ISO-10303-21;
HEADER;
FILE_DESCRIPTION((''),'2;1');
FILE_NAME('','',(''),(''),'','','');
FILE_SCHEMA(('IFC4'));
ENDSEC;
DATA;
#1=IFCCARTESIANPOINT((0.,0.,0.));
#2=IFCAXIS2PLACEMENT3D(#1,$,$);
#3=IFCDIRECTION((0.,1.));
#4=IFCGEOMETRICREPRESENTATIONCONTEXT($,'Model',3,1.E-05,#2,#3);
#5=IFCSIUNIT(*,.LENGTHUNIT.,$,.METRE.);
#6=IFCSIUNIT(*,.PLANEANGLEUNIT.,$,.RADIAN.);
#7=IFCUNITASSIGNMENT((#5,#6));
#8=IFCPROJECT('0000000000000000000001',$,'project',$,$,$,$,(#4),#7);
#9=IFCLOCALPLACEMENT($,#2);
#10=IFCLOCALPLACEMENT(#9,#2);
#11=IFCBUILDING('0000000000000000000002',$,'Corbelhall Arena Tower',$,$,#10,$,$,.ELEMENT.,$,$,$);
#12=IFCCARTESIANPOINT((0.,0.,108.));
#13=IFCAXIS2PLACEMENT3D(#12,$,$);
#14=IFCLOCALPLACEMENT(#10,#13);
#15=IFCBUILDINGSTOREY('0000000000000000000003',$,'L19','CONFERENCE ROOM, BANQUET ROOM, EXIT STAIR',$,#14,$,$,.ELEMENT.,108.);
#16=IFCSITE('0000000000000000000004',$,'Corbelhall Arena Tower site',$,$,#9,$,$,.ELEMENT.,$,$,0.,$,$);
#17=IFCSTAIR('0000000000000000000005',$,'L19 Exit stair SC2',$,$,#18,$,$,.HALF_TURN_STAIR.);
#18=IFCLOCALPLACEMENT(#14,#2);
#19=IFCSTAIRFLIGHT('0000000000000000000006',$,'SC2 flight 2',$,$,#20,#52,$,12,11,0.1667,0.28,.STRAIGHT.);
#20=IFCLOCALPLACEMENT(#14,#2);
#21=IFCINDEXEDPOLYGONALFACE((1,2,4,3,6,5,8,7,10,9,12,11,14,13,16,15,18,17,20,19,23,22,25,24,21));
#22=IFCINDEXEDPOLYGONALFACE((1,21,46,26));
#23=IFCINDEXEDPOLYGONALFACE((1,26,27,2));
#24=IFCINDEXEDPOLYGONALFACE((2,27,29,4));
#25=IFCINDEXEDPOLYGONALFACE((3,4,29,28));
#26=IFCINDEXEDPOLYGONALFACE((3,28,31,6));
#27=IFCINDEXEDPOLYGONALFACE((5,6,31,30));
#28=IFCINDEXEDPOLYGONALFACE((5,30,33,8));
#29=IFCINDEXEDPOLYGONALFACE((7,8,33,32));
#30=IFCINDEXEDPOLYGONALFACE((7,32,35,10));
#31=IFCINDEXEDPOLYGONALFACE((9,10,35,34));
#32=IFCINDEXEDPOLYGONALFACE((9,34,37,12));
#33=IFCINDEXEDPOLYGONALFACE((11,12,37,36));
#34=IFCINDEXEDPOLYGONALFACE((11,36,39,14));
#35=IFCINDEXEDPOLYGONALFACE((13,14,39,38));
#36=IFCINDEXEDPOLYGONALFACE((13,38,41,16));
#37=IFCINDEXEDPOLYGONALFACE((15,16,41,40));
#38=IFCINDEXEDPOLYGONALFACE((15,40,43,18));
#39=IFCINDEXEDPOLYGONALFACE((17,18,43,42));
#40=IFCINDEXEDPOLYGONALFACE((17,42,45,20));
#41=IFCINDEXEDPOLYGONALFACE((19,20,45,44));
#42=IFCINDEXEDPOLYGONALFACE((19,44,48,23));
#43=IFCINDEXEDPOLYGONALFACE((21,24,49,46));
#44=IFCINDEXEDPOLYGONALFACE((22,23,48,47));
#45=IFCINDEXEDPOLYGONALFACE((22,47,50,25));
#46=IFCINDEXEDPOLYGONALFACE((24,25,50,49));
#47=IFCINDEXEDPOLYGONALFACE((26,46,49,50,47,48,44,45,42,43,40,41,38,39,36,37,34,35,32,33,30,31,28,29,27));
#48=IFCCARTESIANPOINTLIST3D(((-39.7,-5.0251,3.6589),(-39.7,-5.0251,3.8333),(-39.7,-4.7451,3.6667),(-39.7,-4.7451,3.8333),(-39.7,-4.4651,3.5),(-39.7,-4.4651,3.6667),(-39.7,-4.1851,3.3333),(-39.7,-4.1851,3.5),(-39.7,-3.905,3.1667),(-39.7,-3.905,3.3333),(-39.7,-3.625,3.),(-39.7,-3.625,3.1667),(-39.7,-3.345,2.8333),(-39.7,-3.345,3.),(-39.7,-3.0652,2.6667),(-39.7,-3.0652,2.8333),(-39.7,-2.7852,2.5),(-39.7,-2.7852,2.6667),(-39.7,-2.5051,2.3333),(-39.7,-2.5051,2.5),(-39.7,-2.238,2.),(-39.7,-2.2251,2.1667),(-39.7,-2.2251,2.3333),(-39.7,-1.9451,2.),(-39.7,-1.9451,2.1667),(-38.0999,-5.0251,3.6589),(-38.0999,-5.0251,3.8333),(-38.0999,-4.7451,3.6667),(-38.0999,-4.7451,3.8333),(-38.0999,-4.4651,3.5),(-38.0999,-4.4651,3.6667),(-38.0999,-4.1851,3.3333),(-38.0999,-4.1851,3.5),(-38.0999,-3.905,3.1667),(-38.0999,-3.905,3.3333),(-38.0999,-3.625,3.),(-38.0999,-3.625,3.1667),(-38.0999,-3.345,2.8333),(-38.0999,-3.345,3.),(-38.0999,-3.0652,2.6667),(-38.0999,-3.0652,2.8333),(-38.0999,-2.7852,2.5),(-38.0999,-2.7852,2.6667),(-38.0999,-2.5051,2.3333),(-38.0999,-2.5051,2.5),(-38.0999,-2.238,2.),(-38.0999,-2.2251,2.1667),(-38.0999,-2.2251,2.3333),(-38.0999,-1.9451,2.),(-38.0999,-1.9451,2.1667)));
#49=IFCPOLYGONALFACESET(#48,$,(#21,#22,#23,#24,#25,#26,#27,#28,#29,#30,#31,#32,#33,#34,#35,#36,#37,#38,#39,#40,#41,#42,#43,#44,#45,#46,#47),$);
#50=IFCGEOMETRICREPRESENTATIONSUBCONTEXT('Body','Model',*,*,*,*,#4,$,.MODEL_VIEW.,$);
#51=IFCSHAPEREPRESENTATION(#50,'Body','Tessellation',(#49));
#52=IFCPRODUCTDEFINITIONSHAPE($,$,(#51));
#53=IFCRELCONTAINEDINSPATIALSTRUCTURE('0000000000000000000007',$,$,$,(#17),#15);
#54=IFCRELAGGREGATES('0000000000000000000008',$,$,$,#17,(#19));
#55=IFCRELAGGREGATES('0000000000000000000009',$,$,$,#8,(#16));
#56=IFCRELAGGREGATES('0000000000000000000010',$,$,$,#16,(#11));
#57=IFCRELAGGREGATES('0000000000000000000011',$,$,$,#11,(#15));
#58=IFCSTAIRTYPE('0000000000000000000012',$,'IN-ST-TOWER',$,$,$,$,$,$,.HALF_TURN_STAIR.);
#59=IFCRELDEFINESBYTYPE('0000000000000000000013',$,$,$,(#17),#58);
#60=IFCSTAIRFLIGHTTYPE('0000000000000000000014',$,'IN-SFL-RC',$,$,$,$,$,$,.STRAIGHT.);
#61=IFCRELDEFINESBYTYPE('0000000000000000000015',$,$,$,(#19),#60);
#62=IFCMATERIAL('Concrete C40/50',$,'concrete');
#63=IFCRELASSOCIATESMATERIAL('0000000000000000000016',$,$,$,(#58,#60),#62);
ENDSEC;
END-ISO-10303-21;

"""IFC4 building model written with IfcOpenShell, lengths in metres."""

from ifc_helpers import new_model, si_unit, direction, frame, origin, place, context, subcontext, project, spatial, polyline, outline, extrude, material, type_object, element, aggregate, save


model = new_model("IFC4")

# Units and contexts
model_context = context("Model", 3, precision=1e-05, world=origin(), true_north=direction((0.0, 1.0)))
body_context = subcontext(model_context, "Body", "Model", "MODEL_VIEW")
ifc_project = project(units=[si_unit("LENGTHUNIT", "METRE"), si_unit("PLANEANGLEUNIT", "RADIAN")], contexts=[model_context])

# Site, building, storey
site_placement = place(None, origin())
site = spatial("IfcSite", under=ifc_project, at=site_placement, Name="Corbelhall Arena Tower site", CompositionType="ELEMENT", RefElevation=0.0)
building_placement = place(site_placement, origin())
building = spatial("IfcBuilding", under=site, at=building_placement, Name="Corbelhall Arena Tower", CompositionType="ELEMENT")
storey_placement = place(building_placement, frame((0.0, 0.0, 108.0)))
storey = spatial("IfcBuildingStorey", under=building, at=storey_placement, Name="L19", Description="CONFERENCE ROOM, BANQUET ROOM, EXIT STAIR", CompositionType="ELEMENT", Elevation=108.0)

# Shared definitions
ifc_material_1 = material(Name="Concrete C40/50", Category="concrete")

# Stair, stair flight
stair_type = type_object("IfcStairType", Name="IN-ST-TOWER", PredefinedType="HALF_TURN_STAIR", material=ifc_material_1)
stair_placement = place(storey_placement, origin())
stair = element("IfcStair", 1, at=stair_placement, inside=storey, type_object=stair_type, Name="L19 Exit stair SC2", PredefinedType="HALF_TURN_STAIR")
stair_flight_type = type_object("IfcStairFlightType", Name="IN-SFL-RC", PredefinedType="STRAIGHT", material=ifc_material_1)
stair_flight_1_placement = place(storey_placement, frame((-38.8999, -1.9451, 2.0), z_axis=(0.0, 0.0, 1.0), x_axis=(0.0, -1.0, 0.0)))
stair_flight_1 = element("IfcStairFlight", 2, at=stair_flight_1_placement, type_object=stair_flight_type, Name="SC2 flight 2", NumberOfRisers=12, NumberOfTreads=11, PredefinedType="STRAIGHT", RiserHeight=0.1667, TreadLength=0.28, context=body_context, shape_type="SweptSolid", body=[
    extrude(outline(polyline([(0.0, 0.0), (0.0, 0.1667), (0.28, 0.1667), (0.28, 0.3333), (0.5601, 0.3333), (0.5601, 0.5), (0.8401, 0.5), (0.8401, 0.6667), (1.1201, 0.6667), (1.1201, 0.8333), (1.3999, 0.8333), (1.3999, 1.0), (1.6799, 1.0), (1.6799, 1.1667), (1.96, 1.1667), (1.96, 1.3333), (2.24, 1.3333), (2.24, 1.5), (2.52, 1.5), (2.52, 1.6667), (2.8, 1.6667), (2.8, 1.8333), (3.0801, 1.8333), (3.0801, 2.0), (3.0801, 1.6589), (0.293, 0.0), (0.0, 0.0)])), frame((0.0, 0.8, 0.0), z_axis=(0.0, -1.0, 0.0), x_axis=(1.0, 0.0, 0.0)), (0.0, 0.0, 1.0), 1.6001),
])
aggregate(stair, [stair_flight_1])

save(model, "model.ifc")
